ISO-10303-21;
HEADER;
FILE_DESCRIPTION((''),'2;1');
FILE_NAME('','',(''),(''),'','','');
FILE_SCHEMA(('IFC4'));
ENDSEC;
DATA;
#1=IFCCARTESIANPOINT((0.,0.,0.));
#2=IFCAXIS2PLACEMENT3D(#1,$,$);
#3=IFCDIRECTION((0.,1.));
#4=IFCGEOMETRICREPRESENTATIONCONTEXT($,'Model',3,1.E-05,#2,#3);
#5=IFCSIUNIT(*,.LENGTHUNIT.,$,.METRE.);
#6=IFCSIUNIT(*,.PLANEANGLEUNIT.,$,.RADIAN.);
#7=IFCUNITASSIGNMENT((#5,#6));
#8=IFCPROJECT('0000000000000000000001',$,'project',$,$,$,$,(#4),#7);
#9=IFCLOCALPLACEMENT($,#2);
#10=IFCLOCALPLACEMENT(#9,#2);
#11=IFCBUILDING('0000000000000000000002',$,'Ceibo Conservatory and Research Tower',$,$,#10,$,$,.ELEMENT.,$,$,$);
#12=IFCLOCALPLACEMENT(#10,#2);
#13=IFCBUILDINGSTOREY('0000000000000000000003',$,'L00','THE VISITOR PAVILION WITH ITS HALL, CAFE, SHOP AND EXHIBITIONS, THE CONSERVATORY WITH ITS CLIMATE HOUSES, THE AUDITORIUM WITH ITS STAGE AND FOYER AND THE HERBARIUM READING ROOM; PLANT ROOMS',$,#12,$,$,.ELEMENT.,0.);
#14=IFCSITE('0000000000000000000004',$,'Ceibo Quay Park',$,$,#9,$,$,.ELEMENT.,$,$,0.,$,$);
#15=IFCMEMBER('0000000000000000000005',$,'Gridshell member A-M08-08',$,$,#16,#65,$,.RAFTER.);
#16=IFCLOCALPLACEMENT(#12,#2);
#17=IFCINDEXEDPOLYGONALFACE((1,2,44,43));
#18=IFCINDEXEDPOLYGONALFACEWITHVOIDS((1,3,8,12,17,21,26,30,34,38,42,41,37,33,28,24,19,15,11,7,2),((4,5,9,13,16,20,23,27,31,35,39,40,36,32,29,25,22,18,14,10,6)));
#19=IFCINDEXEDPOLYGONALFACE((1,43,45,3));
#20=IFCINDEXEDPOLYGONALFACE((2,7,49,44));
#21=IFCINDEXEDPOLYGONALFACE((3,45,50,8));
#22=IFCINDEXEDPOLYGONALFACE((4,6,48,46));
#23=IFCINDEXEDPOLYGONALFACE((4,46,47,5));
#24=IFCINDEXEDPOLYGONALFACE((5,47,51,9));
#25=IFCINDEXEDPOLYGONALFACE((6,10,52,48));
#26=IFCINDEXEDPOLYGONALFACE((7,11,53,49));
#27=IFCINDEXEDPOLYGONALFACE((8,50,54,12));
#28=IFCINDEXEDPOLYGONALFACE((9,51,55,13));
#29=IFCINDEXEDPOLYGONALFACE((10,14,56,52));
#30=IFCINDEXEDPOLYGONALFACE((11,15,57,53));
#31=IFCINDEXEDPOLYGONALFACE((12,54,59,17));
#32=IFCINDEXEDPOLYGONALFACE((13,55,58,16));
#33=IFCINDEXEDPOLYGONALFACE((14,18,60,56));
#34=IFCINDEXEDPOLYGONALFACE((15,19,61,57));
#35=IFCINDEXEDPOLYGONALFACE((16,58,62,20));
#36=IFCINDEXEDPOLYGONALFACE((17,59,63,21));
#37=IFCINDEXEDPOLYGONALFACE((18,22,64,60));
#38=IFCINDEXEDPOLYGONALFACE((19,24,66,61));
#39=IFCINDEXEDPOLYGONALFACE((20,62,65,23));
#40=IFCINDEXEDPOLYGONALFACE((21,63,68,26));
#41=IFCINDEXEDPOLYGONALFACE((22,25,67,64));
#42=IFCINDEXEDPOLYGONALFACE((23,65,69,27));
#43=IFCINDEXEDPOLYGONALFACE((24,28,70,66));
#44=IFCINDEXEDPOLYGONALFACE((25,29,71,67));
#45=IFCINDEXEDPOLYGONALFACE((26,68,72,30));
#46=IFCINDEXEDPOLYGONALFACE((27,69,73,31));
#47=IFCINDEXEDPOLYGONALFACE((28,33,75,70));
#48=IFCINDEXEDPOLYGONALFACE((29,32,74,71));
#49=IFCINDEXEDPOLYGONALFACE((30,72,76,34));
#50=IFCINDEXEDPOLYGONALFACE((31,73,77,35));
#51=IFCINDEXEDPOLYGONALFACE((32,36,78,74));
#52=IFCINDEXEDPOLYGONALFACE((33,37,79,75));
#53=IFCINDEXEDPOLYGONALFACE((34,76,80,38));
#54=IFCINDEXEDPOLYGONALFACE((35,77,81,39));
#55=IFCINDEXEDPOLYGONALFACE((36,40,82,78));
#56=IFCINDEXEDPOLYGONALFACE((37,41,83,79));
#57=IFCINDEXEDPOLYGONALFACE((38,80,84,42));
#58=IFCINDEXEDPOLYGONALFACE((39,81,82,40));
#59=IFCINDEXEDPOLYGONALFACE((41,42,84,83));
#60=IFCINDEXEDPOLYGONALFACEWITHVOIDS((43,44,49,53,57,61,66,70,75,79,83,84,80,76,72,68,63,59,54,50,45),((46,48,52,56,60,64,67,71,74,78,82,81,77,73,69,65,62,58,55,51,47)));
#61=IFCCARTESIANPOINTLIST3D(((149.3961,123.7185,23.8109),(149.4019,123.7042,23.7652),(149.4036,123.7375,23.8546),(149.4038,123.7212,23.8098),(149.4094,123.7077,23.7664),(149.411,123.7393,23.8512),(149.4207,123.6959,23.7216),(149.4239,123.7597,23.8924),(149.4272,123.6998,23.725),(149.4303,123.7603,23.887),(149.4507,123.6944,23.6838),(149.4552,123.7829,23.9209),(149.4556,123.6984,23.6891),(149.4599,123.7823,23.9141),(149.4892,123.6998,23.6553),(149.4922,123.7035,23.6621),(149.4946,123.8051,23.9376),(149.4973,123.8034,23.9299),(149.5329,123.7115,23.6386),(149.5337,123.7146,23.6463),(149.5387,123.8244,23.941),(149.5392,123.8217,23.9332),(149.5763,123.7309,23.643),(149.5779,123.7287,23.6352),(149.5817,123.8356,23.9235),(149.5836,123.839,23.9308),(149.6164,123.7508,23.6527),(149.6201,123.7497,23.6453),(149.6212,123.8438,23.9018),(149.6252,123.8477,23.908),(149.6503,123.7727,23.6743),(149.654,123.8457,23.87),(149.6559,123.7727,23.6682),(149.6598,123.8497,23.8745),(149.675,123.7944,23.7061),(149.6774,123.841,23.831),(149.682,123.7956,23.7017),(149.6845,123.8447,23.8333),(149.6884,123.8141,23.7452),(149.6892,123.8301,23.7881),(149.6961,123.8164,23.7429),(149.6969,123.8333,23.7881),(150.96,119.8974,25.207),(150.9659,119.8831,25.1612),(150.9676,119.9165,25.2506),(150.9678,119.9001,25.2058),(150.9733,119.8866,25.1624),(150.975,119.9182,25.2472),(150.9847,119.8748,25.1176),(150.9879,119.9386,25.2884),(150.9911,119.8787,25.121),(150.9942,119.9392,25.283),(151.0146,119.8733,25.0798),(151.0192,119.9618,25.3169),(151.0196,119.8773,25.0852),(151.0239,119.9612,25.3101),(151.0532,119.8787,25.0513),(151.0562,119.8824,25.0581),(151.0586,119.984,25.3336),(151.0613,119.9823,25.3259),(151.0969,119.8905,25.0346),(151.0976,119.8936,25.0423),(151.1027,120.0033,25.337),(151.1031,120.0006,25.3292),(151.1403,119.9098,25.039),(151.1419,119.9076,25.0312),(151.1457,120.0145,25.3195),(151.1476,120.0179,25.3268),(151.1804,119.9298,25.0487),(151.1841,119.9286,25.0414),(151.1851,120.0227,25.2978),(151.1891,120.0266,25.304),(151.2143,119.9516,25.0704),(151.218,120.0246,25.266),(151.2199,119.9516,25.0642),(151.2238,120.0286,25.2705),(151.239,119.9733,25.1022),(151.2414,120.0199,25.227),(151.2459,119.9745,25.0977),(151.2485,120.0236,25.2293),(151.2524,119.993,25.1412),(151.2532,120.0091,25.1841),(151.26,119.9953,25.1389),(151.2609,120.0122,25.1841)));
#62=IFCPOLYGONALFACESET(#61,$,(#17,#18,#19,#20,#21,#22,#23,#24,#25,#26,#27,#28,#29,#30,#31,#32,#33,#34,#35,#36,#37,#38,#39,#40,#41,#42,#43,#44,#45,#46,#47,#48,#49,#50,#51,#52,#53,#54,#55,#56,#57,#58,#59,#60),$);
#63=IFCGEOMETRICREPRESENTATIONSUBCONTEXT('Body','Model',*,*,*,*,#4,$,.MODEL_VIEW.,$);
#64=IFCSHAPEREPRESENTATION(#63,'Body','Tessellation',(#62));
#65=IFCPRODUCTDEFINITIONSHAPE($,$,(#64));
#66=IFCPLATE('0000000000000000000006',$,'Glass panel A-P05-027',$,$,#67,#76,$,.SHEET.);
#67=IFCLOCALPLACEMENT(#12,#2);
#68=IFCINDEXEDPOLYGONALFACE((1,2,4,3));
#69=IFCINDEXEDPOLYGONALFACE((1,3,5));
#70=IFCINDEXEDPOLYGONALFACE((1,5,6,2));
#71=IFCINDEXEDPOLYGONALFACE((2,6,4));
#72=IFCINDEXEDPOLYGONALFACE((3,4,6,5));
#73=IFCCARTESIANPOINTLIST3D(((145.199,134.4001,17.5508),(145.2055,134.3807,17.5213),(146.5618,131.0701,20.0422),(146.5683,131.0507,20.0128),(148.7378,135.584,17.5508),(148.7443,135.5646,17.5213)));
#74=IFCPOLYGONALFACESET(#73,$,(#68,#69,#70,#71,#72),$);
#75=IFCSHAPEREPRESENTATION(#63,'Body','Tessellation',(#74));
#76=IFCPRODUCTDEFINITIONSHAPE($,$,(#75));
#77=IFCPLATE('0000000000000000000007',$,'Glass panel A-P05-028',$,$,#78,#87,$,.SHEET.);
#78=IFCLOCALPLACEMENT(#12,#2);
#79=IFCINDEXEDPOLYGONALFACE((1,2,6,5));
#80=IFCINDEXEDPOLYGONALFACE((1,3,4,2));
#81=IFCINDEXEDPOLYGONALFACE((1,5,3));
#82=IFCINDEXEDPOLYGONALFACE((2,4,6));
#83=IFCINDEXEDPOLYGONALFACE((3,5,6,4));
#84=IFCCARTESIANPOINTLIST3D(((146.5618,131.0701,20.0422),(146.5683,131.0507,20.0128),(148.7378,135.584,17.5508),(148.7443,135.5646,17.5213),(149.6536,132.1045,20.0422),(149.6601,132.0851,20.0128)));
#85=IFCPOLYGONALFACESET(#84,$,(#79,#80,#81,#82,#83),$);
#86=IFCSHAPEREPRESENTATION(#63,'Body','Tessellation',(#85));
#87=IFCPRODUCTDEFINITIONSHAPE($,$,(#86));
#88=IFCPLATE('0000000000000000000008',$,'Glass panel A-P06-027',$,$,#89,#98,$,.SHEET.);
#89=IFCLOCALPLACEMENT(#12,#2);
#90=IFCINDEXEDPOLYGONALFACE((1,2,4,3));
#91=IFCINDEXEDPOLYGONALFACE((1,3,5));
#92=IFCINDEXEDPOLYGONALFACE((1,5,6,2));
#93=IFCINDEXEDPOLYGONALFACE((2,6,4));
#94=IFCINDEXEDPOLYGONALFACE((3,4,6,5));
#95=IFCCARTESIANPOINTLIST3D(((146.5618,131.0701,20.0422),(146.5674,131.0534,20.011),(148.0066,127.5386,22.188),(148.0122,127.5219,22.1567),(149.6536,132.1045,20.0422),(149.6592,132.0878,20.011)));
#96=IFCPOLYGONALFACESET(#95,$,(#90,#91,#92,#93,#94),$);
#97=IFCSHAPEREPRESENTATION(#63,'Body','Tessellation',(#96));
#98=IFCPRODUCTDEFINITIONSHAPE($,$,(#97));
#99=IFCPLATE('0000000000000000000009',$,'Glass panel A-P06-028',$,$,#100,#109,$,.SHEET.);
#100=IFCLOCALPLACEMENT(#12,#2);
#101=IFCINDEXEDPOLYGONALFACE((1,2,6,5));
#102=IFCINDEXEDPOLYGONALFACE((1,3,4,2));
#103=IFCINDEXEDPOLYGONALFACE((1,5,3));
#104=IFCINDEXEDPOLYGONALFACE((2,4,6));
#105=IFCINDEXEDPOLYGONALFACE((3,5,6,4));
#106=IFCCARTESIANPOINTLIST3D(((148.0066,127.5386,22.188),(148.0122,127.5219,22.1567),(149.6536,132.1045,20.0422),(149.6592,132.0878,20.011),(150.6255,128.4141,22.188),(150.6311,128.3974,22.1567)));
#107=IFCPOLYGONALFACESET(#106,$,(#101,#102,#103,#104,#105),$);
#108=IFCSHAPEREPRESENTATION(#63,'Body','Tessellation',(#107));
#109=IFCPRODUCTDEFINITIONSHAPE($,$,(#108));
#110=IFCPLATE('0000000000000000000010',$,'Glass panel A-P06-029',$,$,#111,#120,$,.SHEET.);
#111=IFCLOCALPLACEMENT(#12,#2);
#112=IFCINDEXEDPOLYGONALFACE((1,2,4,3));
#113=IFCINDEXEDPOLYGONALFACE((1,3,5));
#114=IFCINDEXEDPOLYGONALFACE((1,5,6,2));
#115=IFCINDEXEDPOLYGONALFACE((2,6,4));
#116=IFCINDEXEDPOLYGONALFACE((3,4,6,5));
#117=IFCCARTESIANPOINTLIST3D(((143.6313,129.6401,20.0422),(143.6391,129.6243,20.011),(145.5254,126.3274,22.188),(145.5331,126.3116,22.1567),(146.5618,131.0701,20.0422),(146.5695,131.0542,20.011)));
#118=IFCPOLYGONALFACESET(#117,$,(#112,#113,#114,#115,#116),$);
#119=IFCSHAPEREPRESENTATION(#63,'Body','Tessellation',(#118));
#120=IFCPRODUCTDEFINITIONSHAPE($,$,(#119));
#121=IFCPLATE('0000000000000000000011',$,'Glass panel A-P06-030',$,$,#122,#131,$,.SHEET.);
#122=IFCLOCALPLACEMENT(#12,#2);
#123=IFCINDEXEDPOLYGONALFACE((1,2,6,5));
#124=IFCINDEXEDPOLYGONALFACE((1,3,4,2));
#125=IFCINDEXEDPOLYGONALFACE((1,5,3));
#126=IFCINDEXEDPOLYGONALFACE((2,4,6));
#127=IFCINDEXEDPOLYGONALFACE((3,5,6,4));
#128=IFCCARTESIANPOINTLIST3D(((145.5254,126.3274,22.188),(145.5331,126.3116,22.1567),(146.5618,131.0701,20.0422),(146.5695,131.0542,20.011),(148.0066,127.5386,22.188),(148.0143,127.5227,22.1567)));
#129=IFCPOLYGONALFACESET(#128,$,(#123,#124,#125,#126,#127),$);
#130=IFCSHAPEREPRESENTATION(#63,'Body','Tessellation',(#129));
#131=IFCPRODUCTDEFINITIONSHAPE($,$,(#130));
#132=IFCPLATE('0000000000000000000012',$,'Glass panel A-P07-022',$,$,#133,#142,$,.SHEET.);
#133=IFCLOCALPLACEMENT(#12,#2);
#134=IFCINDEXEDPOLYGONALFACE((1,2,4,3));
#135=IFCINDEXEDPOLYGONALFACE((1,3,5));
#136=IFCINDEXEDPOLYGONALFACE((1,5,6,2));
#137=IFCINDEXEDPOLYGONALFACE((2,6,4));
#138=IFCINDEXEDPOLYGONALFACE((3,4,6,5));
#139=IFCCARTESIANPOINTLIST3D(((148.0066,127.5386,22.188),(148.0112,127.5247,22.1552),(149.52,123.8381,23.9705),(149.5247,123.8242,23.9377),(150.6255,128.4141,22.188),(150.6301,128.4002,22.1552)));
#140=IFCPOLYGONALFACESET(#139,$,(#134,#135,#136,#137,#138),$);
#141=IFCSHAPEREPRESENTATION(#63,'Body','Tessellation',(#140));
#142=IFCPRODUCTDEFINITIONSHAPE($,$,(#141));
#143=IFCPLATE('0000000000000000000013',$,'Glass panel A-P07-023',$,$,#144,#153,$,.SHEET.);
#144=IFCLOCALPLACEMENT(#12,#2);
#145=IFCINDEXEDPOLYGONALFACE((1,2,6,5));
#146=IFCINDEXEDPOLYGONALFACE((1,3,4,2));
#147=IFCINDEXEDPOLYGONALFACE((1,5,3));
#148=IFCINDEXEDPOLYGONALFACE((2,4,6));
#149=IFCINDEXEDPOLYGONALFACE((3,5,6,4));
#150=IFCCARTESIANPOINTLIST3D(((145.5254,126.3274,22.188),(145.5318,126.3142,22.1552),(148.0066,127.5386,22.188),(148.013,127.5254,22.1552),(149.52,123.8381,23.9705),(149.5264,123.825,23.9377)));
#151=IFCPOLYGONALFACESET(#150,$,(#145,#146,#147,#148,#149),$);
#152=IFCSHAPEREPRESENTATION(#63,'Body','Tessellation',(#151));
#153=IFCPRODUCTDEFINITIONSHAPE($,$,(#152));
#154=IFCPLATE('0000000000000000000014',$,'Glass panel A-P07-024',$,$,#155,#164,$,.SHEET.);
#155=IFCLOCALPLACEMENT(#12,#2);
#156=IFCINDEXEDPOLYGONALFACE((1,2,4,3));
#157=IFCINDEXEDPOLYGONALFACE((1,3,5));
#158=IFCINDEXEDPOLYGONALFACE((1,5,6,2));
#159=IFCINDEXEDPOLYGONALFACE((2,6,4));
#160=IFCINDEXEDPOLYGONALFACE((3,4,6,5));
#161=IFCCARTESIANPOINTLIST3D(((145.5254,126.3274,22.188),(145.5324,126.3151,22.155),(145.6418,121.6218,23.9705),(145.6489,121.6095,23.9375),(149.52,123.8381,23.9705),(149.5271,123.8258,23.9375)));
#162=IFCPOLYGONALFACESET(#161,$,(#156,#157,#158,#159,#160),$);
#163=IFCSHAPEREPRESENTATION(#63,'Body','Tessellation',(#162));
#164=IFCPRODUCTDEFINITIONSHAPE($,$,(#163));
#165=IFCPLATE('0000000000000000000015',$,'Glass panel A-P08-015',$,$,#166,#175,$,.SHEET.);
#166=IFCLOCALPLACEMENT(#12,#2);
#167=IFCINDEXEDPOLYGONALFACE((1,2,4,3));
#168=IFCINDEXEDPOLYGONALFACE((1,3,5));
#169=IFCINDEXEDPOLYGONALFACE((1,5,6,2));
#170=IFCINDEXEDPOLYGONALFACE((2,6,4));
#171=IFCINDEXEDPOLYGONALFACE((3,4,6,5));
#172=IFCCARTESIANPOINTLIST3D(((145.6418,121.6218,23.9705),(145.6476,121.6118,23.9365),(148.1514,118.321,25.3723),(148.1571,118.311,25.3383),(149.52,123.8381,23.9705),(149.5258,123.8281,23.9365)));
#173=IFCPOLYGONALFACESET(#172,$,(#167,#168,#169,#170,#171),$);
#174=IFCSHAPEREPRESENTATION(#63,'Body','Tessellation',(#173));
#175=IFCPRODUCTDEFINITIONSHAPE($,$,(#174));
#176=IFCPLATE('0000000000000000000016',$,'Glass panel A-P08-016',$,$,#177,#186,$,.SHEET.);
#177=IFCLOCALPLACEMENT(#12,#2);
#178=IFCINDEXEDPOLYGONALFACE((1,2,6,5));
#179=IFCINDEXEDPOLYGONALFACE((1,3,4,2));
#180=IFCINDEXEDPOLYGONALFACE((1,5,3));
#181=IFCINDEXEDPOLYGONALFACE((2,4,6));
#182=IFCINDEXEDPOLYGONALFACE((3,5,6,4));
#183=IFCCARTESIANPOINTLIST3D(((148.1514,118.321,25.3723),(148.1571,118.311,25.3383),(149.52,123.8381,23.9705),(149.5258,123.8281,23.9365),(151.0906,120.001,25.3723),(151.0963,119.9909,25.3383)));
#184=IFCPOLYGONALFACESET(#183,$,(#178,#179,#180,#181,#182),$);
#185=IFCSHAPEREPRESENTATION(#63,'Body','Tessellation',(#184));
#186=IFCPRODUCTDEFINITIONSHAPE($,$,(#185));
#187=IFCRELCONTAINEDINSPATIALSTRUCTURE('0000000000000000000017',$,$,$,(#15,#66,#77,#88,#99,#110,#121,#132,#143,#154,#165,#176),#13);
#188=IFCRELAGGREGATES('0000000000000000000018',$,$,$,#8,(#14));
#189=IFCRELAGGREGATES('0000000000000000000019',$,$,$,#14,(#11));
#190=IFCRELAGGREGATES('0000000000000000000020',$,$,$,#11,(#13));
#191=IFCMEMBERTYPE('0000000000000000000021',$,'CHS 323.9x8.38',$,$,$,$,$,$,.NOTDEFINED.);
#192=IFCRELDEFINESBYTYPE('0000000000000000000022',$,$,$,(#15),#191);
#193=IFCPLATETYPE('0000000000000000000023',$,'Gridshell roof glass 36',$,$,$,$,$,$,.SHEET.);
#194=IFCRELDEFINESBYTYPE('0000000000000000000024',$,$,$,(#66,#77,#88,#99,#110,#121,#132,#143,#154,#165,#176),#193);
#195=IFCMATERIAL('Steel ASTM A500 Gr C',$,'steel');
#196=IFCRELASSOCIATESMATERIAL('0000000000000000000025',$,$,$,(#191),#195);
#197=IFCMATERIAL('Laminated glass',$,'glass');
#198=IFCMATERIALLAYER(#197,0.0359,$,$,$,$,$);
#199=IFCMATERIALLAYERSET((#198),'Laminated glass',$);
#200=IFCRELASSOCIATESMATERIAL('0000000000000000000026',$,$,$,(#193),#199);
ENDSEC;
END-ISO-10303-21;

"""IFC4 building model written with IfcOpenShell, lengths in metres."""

from ifc_helpers import new_model, si_unit, direction, frame, origin, origin_2d, place, context, subcontext, project, spatial, polyline, hollow_circle, outline, extrude, material, layer, layer_set, material_profile, profile_set, type_object, element, save


model = new_model("IFC4")

# Units and contexts
model_context = context("Model", 3, precision=1e-05, world=origin(), true_north=direction((0.0, 1.0)))
body_context = subcontext(model_context, "Body", "Model", "MODEL_VIEW")
ifc_project = project(units=[si_unit("LENGTHUNIT", "METRE"), si_unit("PLANEANGLEUNIT", "RADIAN")], contexts=[model_context])

# Site, building, storey
site_placement = place(None, origin())
site = spatial("IfcSite", under=ifc_project, at=site_placement, Name="Ceibo Quay Park", CompositionType="ELEMENT", RefElevation=0.0)
building_placement = place(site_placement, origin())
building = spatial("IfcBuilding", under=site, at=building_placement, Name="Ceibo Conservatory and Research Tower", CompositionType="ELEMENT")
storey_placement = place(building_placement, origin())
storey = spatial("IfcBuildingStorey", under=building, at=storey_placement, Name="L00", Description="THE VISITOR PAVILION WITH ITS HALL, CAFE, SHOP AND EXHIBITIONS, THE CONSERVATORY WITH ITS CLIMATE HOUSES, THE AUDITORIUM WITH ITS STAGE AND FOYER AND THE HERBARIUM READING ROOM; PLANT ROOMS", CompositionType="ELEMENT", Elevation=0.0)

# Member
ifc_material_1 = material(Name="Steel ASTM A500 Gr C", Category="steel")
ifc_material_profile_1 = material_profile(ifc_material_1, hollow_circle(Radius=0.1619, WallThickness=0.0083, at=origin_2d()), Name="CHS 323.9x8.38")
ifc_profile_set_1 = profile_set([ifc_material_profile_1], Name="Steel ASTM A500 Gr C")
member_type_1 = type_object("IfcMemberType", Name="CHS 323.9x8.38", PredefinedType="NOTDEFINED", material=ifc_profile_set_1)
member_1_placement = place(storey_placement, frame((149.5471, 123.772, 23.7881), z_axis=(0.358844, -0.876719, 0.320304), x_axis=(0.925478, 0.378801, 0.0)))
element("IfcMember", 1, at=member_1_placement, inside=storey, type_object=member_type_1, Name="Gridshell member A-M08-08", PredefinedType="RAFTER", context=body_context, shape_type="SweptSolid", body=[
    extrude(hollow_circle(Radius=0.1619, WallThickness=0.0083, at=origin_2d()), origin(), (0.0, 0.0, 1.0), 4.3584),
])

# Plates
ifc_material_2 = material(Name="Laminated glass", Category="glass")
ifc_layer = layer(ifc_material_2, 0.0359)
ifc_layer_set = layer_set([ifc_layer], Name="Laminated glass")
plate_type = type_object("IfcPlateType", Name="Gridshell roof glass 36", PredefinedType="SHEET", material=ifc_layer_set)
plate_1_placement = place(storey_placement, frame((148.7378, 135.584, 17.5508), z_axis=(-0.180865, 0.540656, 0.821571), x_axis=(-0.948343, -0.317248, 0.0)))
element("IfcPlate", 2, at=plate_1_placement, inside=storey, type_object=plate_type, Name="Glass panel A-P05-027", PredefinedType="SHEET", context=body_context, shape_type="SweptSolid", body=[
    extrude(outline(polyline([(0.0, 0.0), (3.7316, 0.0), (3.4956, 4.3702), (0.0, 0.0)])), origin(), (0.0, 0.0, -1.0), 0.0359),
])
plate_2_placement = place(storey_placement, frame((148.7378, 135.584, 17.5508), z_axis=(-0.18089, 0.540662, 0.821561), x_axis=(-0.388837, -0.806598, 0.445202)))
element("IfcPlate", 3, at=plate_2_placement, inside=storey, type_object=plate_type, Name="Glass panel A-P05-028", PredefinedType="SHEET", context=body_context, shape_type="SweptSolid", body=[
    extrude(outline(polyline([(0.0, 0.0), (5.5962, 0.0), (3.5597, 2.5459), (0.0, 0.0)])), origin(), (0.0, 0.0, -1.0), 0.0359),
])
plate_3_placement = place(storey_placement, frame((149.6536, 132.1045, 20.0422), z_axis=(-0.155776, 0.4656, 0.871178), x_axis=(-0.948331, -0.317283, 0.0)))
element("IfcPlate", 4, at=plate_3_placement, inside=storey, type_object=plate_type, Name="Glass panel A-P06-027", PredefinedType="SHEET", context=body_context, shape_type="SweptSolid", body=[
    extrude(outline(polyline([(0.0, 0.0), (3.2603, 0.0), (3.0106, 4.3705), (0.0, 0.0)])), origin(), (0.0, 0.0, -1.0), 0.0359),
])
plate_4_placement = place(storey_placement, frame((149.6536, 132.1045, 20.0422), z_axis=(-0.155638, 0.465569, 0.871219), x_axis=(-0.310339, -0.860356, 0.404324)))
element("IfcPlate", 5, at=plate_4_placement, inside=storey, type_object=plate_type, Name="Glass panel A-P06-028", PredefinedType="SHEET", context=body_context, shape_type="SweptSolid", body=[
    extrude(outline(polyline([(0.0, 0.0), (5.307, 0.0), (3.741, 2.2744), (0.0, 0.0)])), origin(), (0.0, 0.0, -1.0), 0.0359),
])
plate_5_placement = place(storey_placement, frame((146.5618, 131.0701, 20.0422), z_axis=(-0.215292, 0.441206, 0.871198), x_axis=(-0.898713, -0.438537, 0.0)))
element("IfcPlate", 6, at=plate_5_placement, inside=storey, type_object=plate_type, Name="Glass panel A-P06-029", PredefinedType="SHEET", context=body_context, shape_type="SweptSolid", body=[
    extrude(outline(polyline([(0.0, 0.0), (3.2607, 0.0), (3.0112, 4.3708), (0.0, 0.0)])), origin(), (0.0, 0.0, -1.0), 0.0359),
])
plate_6_placement = place(storey_placement, frame((146.5618, 131.0701, 20.0422), z_axis=(-0.215375, 0.441214, 0.871174), x_axis=(-0.19526, -0.893552, 0.404274)))
element("IfcPlate", 7, at=plate_6_placement, inside=storey, type_object=plate_type, Name="Glass panel A-P06-030", PredefinedType="SHEET", context=body_context, shape_type="SweptSolid", body=[
    extrude(outline(polyline([(0.0, 0.0), (5.3077, 0.0), (3.7409, 2.2735), (0.0, 0.0)])), origin(), (0.0, 0.0, -1.0), 0.0359),
])
plate_7_placement = place(storey_placement, frame((149.52, 123.8381, 23.9705), z_axis=(-0.129337, 0.386892, 0.91301), x_axis=(0.219613, 0.909054, -0.354106)))
element("IfcPlate", 8, at=plate_7_placement, inside=storey, type_object=plate_type, Name="Glass panel A-P07-022", PredefinedType="SHEET", context=body_context, shape_type="SweptSolid", body=[
    extrude(outline(polyline([(0.0, 0.0), (5.0337, 0.0), (3.6627, 2.397), (0.0, 0.0)])), origin(), (0.0, 0.0, -1.0), 0.0359),
])
plate_8_placement = place(storey_placement, frame((149.52, 123.8381, 23.9705), z_axis=(-0.178953, 0.366599, 0.913007), x_axis=(-0.345743, 0.845367, -0.407206)))
element("IfcPlate", 9, at=plate_8_placement, inside=storey, type_object=plate_type, Name="Glass panel A-P07-023", PredefinedType="SHEET", context=body_context, shape_type="SweptSolid", body=[
    extrude(outline(polyline([(0.0, 0.0), (4.3773, 0.0), (4.2113, 2.756), (0.0, 0.0)])), origin(), (0.0, 0.0, -1.0), 0.0359),
])
plate_9_placement = place(storey_placement, frame((149.52, 123.8381, 23.9705), z_axis=(-0.196083, 0.343113, 0.918599), x_axis=(-0.793694, 0.494591, -0.35416)))
element("IfcPlate", 10, at=plate_9_placement, inside=storey, type_object=plate_type, Name="Glass panel A-P07-024", PredefinedType="SHEET", context=body_context, shape_type="SweptSolid", body=[
    extrude(outline(polyline([(0.0, 0.0), (5.033, 0.0), (1.9819, 4.003), (0.0, 0.0)])), origin(), (0.0, 0.0, -1.0), 0.0359),
])
plate_10_placement = place(storey_placement, frame((149.52, 123.8381, 23.9705), z_axis=(-0.160142, 0.280222, 0.946483), x_axis=(-0.868223, -0.496174, 0.0)))
element("IfcPlate", 11, at=plate_10_placement, inside=storey, type_object=plate_type, Name="Glass panel A-P08-015", PredefinedType="SHEET", context=body_context, shape_type="SweptSolid", body=[
    extrude(outline(polyline([(0.0, 0.0), (4.4668, 0.0), (3.9257, 4.3434), (0.0, 0.0)])), origin(), (0.0, 0.0, -1.0), 0.0359),
])
plate_11_placement = place(storey_placement, frame((149.52, 123.8381, 23.9705), z_axis=(-0.160166, 0.280227, 0.946478), x_axis=(-0.233773, -0.942347, 0.239444)))
element("IfcPlate", 12, at=plate_11_placement, inside=storey, type_object=plate_type, Name="Glass panel A-P08-016", PredefinedType="SHEET", context=body_context, shape_type="SweptSolid", body=[
    extrude(outline(polyline([(0.0, 0.0), (5.8546, 0.0), (3.5844, 2.5115), (0.0, 0.0)])), origin(), (0.0, 0.0, -1.0), 0.0359),
])

save(model, "model.ifc")
